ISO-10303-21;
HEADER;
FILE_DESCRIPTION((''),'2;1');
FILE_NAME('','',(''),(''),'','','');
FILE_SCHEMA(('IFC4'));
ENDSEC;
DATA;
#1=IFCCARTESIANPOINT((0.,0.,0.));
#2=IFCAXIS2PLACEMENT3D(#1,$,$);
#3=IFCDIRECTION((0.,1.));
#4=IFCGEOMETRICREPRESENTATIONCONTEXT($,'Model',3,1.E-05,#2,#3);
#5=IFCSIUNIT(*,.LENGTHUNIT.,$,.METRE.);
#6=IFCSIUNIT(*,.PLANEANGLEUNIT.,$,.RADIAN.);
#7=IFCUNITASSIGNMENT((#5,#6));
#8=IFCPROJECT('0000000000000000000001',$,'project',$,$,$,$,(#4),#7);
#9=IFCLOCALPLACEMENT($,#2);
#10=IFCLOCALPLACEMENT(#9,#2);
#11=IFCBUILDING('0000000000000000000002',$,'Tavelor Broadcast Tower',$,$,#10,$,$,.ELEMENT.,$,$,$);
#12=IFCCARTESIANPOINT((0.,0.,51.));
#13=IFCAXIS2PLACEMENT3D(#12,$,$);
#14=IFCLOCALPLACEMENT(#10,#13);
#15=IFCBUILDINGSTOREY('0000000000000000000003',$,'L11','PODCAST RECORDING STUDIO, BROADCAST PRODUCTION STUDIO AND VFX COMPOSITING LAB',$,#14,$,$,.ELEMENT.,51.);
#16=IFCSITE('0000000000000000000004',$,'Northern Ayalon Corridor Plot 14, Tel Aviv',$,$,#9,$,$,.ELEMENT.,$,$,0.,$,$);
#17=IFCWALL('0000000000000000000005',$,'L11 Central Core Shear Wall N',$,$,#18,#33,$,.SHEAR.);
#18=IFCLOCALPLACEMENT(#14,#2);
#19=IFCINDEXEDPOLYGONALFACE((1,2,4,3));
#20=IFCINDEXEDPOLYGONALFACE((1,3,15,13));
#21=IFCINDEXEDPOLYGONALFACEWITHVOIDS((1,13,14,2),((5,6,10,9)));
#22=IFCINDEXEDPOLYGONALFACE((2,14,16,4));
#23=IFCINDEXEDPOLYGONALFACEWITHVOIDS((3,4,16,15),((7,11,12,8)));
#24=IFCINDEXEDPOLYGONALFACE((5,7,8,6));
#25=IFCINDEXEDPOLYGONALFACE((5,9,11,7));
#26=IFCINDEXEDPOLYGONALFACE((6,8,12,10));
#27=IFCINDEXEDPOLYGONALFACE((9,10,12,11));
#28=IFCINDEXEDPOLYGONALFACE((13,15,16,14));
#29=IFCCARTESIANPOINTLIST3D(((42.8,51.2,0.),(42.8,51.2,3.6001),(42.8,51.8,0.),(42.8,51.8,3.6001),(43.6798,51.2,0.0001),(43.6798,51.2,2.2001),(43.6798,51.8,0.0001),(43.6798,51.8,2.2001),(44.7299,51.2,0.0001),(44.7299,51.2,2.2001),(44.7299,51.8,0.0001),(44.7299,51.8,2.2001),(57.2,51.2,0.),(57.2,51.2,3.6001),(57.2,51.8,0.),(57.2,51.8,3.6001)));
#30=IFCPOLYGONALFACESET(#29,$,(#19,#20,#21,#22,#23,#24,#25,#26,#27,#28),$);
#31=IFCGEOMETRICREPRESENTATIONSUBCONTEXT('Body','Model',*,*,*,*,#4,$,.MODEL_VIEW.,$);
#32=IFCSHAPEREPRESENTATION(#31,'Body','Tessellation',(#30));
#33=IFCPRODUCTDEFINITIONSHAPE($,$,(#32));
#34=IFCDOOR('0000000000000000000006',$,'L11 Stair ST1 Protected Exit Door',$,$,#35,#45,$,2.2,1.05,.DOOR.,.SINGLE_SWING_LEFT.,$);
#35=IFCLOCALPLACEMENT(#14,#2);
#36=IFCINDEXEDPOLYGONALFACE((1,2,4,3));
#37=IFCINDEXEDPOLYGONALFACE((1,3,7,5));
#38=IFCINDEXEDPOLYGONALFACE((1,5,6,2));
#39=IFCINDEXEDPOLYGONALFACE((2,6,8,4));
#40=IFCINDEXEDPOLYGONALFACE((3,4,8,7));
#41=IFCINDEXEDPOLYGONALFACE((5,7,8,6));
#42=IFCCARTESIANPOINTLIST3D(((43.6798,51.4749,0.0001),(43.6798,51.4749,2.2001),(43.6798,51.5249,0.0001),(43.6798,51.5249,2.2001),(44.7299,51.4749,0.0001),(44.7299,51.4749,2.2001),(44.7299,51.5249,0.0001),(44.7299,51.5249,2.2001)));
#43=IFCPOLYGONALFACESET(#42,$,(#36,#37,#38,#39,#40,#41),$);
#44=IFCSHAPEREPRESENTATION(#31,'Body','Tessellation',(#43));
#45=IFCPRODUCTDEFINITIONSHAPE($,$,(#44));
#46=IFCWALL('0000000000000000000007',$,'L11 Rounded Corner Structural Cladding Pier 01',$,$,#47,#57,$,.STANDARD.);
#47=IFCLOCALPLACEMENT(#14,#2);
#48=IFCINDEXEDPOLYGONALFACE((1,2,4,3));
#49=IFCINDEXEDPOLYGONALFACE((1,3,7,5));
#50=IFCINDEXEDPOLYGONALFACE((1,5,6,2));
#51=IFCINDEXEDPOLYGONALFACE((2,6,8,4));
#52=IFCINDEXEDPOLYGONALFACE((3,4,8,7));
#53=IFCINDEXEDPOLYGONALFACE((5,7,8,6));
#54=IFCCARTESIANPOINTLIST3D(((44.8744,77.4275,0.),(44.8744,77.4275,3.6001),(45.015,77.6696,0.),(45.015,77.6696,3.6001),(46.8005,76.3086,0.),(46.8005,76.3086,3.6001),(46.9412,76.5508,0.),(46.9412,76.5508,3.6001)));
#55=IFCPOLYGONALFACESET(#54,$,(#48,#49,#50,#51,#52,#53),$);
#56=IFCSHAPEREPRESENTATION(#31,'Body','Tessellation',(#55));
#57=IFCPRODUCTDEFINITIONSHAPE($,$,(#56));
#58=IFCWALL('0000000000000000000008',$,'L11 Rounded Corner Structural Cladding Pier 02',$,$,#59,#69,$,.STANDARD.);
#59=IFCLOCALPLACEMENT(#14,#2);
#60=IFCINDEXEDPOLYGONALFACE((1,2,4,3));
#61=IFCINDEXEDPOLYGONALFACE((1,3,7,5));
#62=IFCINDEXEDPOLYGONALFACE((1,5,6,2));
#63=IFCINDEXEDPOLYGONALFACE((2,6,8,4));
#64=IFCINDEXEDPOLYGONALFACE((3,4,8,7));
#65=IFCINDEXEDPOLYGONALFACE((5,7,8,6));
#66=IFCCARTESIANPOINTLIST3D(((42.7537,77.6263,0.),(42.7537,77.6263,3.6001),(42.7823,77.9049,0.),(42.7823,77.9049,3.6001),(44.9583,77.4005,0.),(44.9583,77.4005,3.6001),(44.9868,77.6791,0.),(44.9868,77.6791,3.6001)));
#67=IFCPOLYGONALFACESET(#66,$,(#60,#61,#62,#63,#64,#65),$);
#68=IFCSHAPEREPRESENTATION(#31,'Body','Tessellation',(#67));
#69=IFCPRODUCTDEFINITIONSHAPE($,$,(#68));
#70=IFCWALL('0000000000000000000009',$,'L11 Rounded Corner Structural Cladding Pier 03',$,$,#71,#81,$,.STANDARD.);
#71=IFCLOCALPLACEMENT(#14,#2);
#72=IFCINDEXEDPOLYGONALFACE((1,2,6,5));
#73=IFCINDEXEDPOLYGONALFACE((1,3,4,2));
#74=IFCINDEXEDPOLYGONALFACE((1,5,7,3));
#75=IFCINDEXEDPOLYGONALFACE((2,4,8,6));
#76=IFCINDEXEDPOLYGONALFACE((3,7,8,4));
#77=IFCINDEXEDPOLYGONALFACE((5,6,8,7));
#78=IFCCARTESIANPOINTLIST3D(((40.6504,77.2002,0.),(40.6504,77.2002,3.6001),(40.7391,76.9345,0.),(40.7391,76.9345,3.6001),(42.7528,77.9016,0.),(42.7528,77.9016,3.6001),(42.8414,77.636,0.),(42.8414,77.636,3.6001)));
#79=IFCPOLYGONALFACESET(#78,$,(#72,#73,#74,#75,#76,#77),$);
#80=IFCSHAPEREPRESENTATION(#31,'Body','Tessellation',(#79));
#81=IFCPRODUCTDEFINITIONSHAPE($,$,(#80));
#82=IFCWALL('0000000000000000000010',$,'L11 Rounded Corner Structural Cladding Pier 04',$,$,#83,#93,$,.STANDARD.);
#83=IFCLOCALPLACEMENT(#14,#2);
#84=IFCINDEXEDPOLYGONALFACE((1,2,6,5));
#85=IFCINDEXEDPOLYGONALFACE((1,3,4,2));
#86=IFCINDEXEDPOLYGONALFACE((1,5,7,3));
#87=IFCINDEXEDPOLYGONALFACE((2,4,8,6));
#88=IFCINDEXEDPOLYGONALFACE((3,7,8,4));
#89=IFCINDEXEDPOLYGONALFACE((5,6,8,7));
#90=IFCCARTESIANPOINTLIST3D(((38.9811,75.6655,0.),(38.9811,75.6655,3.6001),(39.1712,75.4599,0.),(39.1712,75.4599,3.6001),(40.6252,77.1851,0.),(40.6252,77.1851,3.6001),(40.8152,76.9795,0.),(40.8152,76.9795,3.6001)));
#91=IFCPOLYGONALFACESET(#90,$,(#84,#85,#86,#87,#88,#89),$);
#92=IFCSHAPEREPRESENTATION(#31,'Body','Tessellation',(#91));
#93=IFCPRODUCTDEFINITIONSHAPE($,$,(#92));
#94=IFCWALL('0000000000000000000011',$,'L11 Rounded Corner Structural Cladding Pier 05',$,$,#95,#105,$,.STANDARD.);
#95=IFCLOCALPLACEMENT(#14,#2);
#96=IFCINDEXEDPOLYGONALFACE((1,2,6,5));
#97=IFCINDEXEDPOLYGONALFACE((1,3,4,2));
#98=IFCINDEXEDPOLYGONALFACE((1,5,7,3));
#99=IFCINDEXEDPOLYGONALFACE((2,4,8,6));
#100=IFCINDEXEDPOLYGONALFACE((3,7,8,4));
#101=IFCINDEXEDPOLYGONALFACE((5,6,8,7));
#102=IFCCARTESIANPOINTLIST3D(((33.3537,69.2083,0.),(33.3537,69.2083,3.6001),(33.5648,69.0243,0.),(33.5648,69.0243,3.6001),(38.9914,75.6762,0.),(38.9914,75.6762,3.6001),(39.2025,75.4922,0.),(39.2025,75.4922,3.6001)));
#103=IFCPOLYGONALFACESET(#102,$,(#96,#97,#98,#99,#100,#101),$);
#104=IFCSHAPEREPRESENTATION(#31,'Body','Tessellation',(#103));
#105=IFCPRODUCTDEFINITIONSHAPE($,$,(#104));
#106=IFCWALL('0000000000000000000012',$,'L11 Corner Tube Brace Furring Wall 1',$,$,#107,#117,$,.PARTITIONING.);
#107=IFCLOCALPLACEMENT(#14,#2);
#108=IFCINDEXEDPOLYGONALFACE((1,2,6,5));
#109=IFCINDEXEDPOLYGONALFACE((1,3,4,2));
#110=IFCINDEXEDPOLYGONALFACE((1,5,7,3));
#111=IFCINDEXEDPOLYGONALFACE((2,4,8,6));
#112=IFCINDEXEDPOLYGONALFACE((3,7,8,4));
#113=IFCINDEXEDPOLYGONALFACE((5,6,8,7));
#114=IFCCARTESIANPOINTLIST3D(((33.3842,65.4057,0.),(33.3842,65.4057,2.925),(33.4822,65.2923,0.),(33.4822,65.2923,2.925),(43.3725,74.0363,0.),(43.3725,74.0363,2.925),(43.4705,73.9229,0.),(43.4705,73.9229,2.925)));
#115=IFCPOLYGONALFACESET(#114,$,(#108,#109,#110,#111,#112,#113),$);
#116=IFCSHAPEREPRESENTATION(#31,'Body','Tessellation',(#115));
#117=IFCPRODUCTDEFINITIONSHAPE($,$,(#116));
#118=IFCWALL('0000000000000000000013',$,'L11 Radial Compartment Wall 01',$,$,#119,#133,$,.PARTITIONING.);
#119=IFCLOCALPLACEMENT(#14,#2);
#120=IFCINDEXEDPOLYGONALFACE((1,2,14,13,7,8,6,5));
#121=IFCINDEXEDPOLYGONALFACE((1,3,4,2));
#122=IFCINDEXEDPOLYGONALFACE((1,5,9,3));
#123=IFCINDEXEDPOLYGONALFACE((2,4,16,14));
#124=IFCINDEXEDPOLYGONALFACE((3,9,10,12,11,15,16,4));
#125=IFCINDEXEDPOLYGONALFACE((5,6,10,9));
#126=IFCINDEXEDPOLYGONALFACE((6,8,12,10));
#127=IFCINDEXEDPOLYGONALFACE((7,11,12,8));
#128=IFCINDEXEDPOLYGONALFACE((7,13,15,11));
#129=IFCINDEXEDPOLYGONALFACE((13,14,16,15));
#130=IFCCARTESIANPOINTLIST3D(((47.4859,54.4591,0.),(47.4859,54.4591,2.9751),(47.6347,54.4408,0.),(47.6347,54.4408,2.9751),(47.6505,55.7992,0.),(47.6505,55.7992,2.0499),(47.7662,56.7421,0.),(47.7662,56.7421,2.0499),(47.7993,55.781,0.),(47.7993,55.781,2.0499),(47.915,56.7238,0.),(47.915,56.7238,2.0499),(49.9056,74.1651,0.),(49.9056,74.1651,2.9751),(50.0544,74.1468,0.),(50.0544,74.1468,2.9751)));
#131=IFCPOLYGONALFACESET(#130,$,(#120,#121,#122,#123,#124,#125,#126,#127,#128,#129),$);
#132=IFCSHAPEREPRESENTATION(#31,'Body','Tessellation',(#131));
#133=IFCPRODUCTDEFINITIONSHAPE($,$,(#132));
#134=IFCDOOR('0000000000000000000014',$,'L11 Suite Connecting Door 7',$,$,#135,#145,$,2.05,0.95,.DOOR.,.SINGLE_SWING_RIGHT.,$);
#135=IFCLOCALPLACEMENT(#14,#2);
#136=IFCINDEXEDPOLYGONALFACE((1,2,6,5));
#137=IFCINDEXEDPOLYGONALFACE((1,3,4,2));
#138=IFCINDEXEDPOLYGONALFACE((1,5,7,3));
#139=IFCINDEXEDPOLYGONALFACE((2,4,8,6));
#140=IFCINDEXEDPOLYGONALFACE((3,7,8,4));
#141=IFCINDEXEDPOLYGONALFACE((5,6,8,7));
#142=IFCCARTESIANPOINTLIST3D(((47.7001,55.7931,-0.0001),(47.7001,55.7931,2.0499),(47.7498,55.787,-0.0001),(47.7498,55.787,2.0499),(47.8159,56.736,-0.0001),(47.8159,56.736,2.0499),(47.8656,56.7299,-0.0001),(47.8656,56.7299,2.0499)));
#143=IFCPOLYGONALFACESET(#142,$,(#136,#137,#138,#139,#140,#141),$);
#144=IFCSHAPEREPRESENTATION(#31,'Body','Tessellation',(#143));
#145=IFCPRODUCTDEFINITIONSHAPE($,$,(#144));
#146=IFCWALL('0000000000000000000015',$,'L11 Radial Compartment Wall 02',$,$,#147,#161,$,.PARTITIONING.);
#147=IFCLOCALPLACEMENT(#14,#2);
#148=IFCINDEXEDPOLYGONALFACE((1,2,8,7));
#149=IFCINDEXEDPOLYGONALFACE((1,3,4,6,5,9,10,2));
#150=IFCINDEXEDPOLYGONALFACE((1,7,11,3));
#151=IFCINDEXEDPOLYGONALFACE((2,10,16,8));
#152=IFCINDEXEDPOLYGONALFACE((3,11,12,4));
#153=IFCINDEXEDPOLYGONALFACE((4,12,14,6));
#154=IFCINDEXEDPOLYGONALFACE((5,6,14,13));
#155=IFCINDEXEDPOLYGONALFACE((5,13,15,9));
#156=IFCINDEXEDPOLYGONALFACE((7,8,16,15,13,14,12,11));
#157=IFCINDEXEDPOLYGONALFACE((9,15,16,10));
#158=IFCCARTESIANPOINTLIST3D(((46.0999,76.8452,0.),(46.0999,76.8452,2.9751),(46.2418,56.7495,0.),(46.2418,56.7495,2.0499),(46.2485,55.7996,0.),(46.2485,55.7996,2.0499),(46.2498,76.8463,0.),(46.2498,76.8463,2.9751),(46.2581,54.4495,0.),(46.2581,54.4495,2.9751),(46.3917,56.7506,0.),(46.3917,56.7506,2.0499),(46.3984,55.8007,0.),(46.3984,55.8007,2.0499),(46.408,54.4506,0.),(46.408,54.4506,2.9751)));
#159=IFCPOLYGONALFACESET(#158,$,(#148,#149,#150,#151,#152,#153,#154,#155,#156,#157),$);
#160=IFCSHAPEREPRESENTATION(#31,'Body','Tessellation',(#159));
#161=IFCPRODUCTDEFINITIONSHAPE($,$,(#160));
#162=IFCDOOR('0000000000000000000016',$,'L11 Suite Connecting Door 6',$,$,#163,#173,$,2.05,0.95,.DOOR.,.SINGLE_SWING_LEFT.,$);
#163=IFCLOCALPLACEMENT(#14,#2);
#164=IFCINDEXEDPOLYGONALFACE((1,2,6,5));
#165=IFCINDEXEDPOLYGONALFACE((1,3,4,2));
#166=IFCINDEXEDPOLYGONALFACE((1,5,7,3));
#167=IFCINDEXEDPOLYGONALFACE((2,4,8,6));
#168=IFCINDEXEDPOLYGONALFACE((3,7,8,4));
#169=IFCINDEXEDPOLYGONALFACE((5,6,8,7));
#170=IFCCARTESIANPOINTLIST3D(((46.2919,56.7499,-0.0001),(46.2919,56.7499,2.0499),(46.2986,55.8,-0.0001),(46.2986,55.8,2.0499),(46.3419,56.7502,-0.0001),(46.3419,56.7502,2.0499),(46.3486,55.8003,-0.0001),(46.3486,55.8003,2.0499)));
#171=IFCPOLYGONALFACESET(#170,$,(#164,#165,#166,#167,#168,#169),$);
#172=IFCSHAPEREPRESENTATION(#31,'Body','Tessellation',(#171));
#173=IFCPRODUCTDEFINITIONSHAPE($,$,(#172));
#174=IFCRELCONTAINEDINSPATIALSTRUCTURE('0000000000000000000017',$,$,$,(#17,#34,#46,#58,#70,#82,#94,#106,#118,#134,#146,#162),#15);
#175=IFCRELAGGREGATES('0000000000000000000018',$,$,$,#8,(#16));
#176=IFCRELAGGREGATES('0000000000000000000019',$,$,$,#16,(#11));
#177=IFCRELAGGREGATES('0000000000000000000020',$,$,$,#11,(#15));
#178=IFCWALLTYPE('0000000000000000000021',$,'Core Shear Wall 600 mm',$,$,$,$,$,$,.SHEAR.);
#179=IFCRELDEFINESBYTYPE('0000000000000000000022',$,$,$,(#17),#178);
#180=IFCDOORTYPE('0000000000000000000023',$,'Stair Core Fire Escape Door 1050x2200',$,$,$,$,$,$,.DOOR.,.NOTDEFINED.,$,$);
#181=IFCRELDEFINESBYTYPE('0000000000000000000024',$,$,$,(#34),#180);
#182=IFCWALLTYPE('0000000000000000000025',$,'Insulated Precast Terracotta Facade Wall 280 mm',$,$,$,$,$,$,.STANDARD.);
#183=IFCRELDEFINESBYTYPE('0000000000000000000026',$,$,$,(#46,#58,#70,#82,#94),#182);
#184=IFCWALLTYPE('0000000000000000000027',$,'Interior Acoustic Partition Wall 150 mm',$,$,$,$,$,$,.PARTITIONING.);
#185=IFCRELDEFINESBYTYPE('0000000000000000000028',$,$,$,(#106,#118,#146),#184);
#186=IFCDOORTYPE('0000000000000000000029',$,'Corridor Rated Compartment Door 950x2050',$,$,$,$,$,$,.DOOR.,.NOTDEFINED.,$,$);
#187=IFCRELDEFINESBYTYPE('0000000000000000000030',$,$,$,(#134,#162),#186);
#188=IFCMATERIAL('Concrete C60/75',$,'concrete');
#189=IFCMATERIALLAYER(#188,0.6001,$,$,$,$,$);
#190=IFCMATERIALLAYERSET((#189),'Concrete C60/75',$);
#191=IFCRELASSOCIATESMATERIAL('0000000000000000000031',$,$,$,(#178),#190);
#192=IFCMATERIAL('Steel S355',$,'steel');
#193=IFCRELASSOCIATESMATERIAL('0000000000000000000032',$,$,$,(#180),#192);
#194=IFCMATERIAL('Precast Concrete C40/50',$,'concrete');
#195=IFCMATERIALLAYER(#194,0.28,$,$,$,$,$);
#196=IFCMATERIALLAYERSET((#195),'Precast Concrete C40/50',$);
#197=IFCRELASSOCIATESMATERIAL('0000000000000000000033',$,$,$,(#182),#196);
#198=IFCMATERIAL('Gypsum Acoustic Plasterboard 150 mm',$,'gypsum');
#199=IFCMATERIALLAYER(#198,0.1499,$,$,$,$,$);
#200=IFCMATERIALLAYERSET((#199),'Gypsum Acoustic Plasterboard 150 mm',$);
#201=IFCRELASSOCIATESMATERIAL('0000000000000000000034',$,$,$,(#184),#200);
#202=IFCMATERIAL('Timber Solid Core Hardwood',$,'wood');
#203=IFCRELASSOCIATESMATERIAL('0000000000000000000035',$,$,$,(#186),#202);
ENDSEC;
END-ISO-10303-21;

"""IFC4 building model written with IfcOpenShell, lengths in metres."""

from ifc_helpers import new_model, si_unit, direction, frame, frame_2d, origin, place, context, subcontext, project, spatial, rectangle, extrude, material, layer, layer_set, type_object, element, fill, save


model = new_model("IFC4")

# Units and contexts
model_context = context("Model", 3, precision=1e-05, world=origin(), true_north=direction((0.0, 1.0)))
body_context = subcontext(model_context, "Body", "Model", "MODEL_VIEW")
ifc_project = project(units=[si_unit("LENGTHUNIT", "METRE"), si_unit("PLANEANGLEUNIT", "RADIAN")], contexts=[model_context])

# Site, building, storey
site_placement = place(None, origin())
site = spatial("IfcSite", under=ifc_project, at=site_placement, Name="Northern Ayalon Corridor Plot 14, Tel Aviv", CompositionType="ELEMENT", RefElevation=0.0)
building_placement = place(site_placement, origin())
building = spatial("IfcBuilding", under=site, at=building_placement, Name="Tavelor Broadcast Tower", CompositionType="ELEMENT")
storey_placement = place(building_placement, frame((0.0, 0.0, 51.0)))
storey = spatial("IfcBuildingStorey", under=building, at=storey_placement, Name="L11", Description="PODCAST RECORDING STUDIO, BROADCAST PRODUCTION STUDIO AND VFX COMPOSITING LAB", CompositionType="ELEMENT", Elevation=51.0)

# Shared definitions
ifc_material_1 = material(Name="Steel S355", Category="steel")

# Wall, opening, door
ifc_material_2 = material(Name="Concrete C60/75", Category="concrete")
ifc_layer_1 = layer(ifc_material_2, 0.6001)
ifc_layer_set_1 = layer_set([ifc_layer_1], Name="Concrete C60/75")
wall_type_1 = type_object("IfcWallType", Name="Core Shear Wall 600 mm", PredefinedType="SHEAR", material=ifc_layer_set_1)
wall_1_placement = place(storey_placement, frame((42.8, 51.5, 0.0), z_axis=(0.0, 0.0, 1.0), x_axis=(1.0, 0.0, 0.0)))
wall_1 = element("IfcWall", 1, at=wall_1_placement, inside=storey, type_object=wall_type_1, Name="L11 Central Core Shear Wall N", PredefinedType="SHEAR", context=body_context, shape_type="SweptSolid", body=[
    extrude(rectangle(XDim=14.3999, YDim=0.6001, at=frame_2d((7.2, 0.0))), origin(), (0.0, 0.0, 1.0), 3.6001),
])
opening_1_placement = place(wall_1_placement, frame((0.8799, 0.0, 0.0)))
opening_1 = element("IfcOpeningElement", 2, at=opening_1_placement, cuts=wall_1, PredefinedType="OPENING", context=body_context, shape_type="SweptSolid", body=[
    extrude(rectangle(XDim=1.05, YDim=2.2, at=frame_2d((0.5249, 1.1001))), frame((0.0, 0.3101, 0.0), z_axis=(0.0, -1.0, 0.0), x_axis=(1.0, 0.0, 0.0)), (0.0, 0.0, 1.0), 0.6201),
])
door_type_1 = type_object("IfcDoorType", Name="Stair Core Fire Escape Door 1050x2200", OperationType="NOTDEFINED", PredefinedType="DOOR", material=ifc_material_1)
door_1_placement = place(opening_1_placement, origin())
door_1 = element("IfcDoor", 3, at=door_1_placement, inside=storey, type_object=door_type_1, Name="L11 Stair ST1 Protected Exit Door", OperationType="SINGLE_SWING_LEFT", OverallHeight=2.2, OverallWidth=1.05, PredefinedType="DOOR", context=body_context, shape_type="SweptSolid", body=[
    extrude(rectangle(XDim=1.05, YDim=2.2, at=frame_2d((0.5249, 1.1001))), frame((0.0, 0.0249, 0.0), z_axis=(0.0, -1.0, 0.0), x_axis=(1.0, 0.0, 0.0)), (0.0, 0.0, 1.0), 0.05),
])
fill(opening_1, door_1)

# Walls
ifc_material_3 = material(Name="Precast Concrete C40/50", Category="concrete")
ifc_layer_2 = layer(ifc_material_3, 0.28)
ifc_layer_set_2 = layer_set([ifc_layer_2], Name="Precast Concrete C40/50")
wall_type_2 = type_object("IfcWallType", Name="Insulated Precast Terracotta Facade Wall 280 mm", PredefinedType="STANDARD", material=ifc_layer_set_2)
wall_2_placement = place(storey_placement, frame((46.8708, 76.4297, 0.0), z_axis=(0.0, 0.0, 1.0), x_axis=(-0.864708, 0.502276, 0.0)))
element("IfcWall", 4, at=wall_2_placement, inside=storey, type_object=wall_type_2, Name="L11 Rounded Corner Structural Cladding Pier 01", PredefinedType="STANDARD", context=body_context, shape_type="SweptSolid", body=[
    extrude(rectangle(XDim=2.2275, YDim=0.28, at=frame_2d((1.1138, 0.0))), origin(), (0.0, 0.0, 1.0), 3.6001),
])
wall_3_placement = place(storey_placement, frame((44.9724, 77.5398, 0.0), z_axis=(0.0, 0.0, 1.0), x_axis=(-0.994794, 0.101903, 0.0)))
element("IfcWall", 5, at=wall_3_placement, inside=storey, type_object=wall_type_2, Name="L11 Rounded Corner Structural Cladding Pier 02", PredefinedType="STANDARD", context=body_context, shape_type="SweptSolid", body=[
    extrude(rectangle(XDim=2.2161, YDim=0.28, at=frame_2d((1.1079, 0.0))), origin(), (0.0, 0.0, 1.0), 3.6001),
])
wall_4_placement = place(storey_placement, frame((42.7971, 77.7688, 0.0), z_axis=(0.0, 0.0, 1.0), x_axis=(-0.948595, -0.316492, 0.0)))
element("IfcWall", 6, at=wall_4_placement, inside=storey, type_object=wall_type_2, Name="L11 Rounded Corner Structural Cladding Pier 03", PredefinedType="STANDARD", context=body_context, shape_type="SweptSolid", body=[
    extrude(rectangle(XDim=2.2163, YDim=0.28, at=frame_2d((1.1082, 0.0))), origin(), (0.0, 0.0, 1.0), 3.6001),
])
wall_5_placement = place(storey_placement, frame((40.7202, 77.0823, 0.0), z_axis=(0.0, 0.0, 1.0), x_axis=(-0.734368, -0.678751, 0.0)))
element("IfcWall", 7, at=wall_5_placement, inside=storey, type_object=wall_type_2, Name="L11 Rounded Corner Structural Cladding Pier 04", PredefinedType="STANDARD", context=body_context, shape_type="SweptSolid", body=[
    extrude(rectangle(XDim=2.2388, YDim=0.28, at=frame_2d((1.1194, 0.0))), origin(), (0.0, 0.0, 1.0), 3.6001),
])
wall_6_placement = place(storey_placement, frame((39.0969, 75.5842, 0.0), z_axis=(0.0, 0.0, 1.0), x_axis=(-0.657063, -0.753836, 0.0)))
element("IfcWall", 8, at=wall_6_placement, inside=storey, type_object=wall_type_2, Name="L11 Rounded Corner Structural Cladding Pier 05", PredefinedType="STANDARD", context=body_context, shape_type="SweptSolid", body=[
    extrude(rectangle(XDim=8.5801, YDim=0.28, at=frame_2d((4.29, 0.0))), origin(), (0.0, 0.0, 1.0), 3.6001),
])
ifc_material_4 = material(Name="Gypsum Acoustic Plasterboard 150 mm", Category="gypsum")
ifc_layer_3 = layer(ifc_material_4, 0.1499)
ifc_layer_set_3 = layer_set([ifc_layer_3], Name="Gypsum Acoustic Plasterboard 150 mm")
wall_type_3 = type_object("IfcWallType", Name="Interior Acoustic Partition Wall 150 mm", PredefinedType="PARTITIONING", material=ifc_layer_set_3)
wall_7_placement = place(storey_placement, frame((43.4214, 73.9795, 0.0), z_axis=(0.0, 0.0, 1.0), x_axis=(-0.756659, -0.65381, 0.0)))
element("IfcWall", 9, at=wall_7_placement, inside=storey, type_object=wall_type_3, Name="L11 Corner Tube Brace Furring Wall 1", PredefinedType="PARTITIONING", context=body_context, shape_type="SweptSolid", body=[
    extrude(rectangle(XDim=13.2004, YDim=0.1499, at=frame_2d((6.6001, 0.0))), origin(), (0.0, 0.0, 1.0), 2.925),
])

# Walls, openings, doors
wall_8_placement = place(storey_placement, frame((47.5603, 54.45, 0.0), z_axis=(0.0, 0.0, 1.0), x_axis=(0.121873, 0.992546, 0.0)))
wall_8 = element("IfcWall", 10, at=wall_8_placement, inside=storey, type_object=wall_type_3, Name="L11 Radial Compartment Wall 01", PredefinedType="PARTITIONING", context=body_context, shape_type="SweptSolid", body=[
    extrude(rectangle(XDim=19.854, YDim=0.1499, at=frame_2d((9.927, 0.0))), origin(), (0.0, 0.0, 1.0), 2.9751),
])
opening_2_placement = place(wall_8_placement, frame((1.3501, 0.0, 0.0)))
opening_2 = element("IfcOpeningElement", 11, at=opening_2_placement, cuts=wall_8, PredefinedType="OPENING", context=body_context, shape_type="SweptSolid", body=[
    extrude(rectangle(XDim=0.95, YDim=2.05, at=frame_2d((0.4751, 1.0249))), frame((0.0, 0.085, 0.0), z_axis=(0.0, -1.0, 0.0), x_axis=(1.0, 0.0, 0.0)), (0.0, 0.0, 1.0), 0.1699),
])
ifc_material_5 = material(Name="Timber Solid Core Hardwood", Category="wood")
door_type_2 = type_object("IfcDoorType", Name="Corridor Rated Compartment Door 950x2050", OperationType="NOTDEFINED", PredefinedType="DOOR", material=ifc_material_5)
door_2_placement = place(opening_2_placement, origin())
door_2 = element("IfcDoor", 12, at=door_2_placement, inside=storey, type_object=door_type_2, Name="L11 Suite Connecting Door 7", OperationType="SINGLE_SWING_RIGHT", OverallHeight=2.05, OverallWidth=0.95, PredefinedType="DOOR", context=body_context, shape_type="SweptSolid", body=[
    extrude(rectangle(XDim=0.95, YDim=2.05, at=frame_2d((0.4751, 1.0249))), frame((0.0, 0.0249, 0.0), z_axis=(0.0, -1.0, 0.0), x_axis=(1.0, 0.0, 0.0)), (0.0, 0.0, 1.0), 0.05),
])
fill(opening_2, door_2)
wall_9_placement = place(storey_placement, frame((46.333, 54.45, 0.0), z_axis=(0.0, 0.0, 1.0), x_axis=(-0.007064, 0.999975, 0.0)))
wall_9 = element("IfcWall", 13, at=wall_9_placement, inside=storey, type_object=wall_type_3, Name="L11 Radial Compartment Wall 02", PredefinedType="PARTITIONING", context=body_context, shape_type="SweptSolid", body=[
    extrude(rectangle(XDim=22.3962, YDim=0.1499, at=frame_2d((11.1982, 0.0))), origin(), (0.0, 0.0, 1.0), 2.9751),
])
opening_3_placement = place(wall_9_placement, frame((1.3501, 0.0, 0.0)))
opening_3 = element("IfcOpeningElement", 14, at=opening_3_placement, cuts=wall_9, PredefinedType="OPENING", context=body_context, shape_type="SweptSolid", body=[
    extrude(rectangle(XDim=0.95, YDim=2.05, at=frame_2d((0.4751, 1.0249))), frame((0.0, 0.085, 0.0), z_axis=(0.0, -1.0, 0.0), x_axis=(1.0, 0.0, 0.0)), (0.0, 0.0, 1.0), 0.1699),
])
door_3_placement = place(opening_3_placement, origin())
door_3 = element("IfcDoor", 15, at=door_3_placement, inside=storey, type_object=door_type_2, Name="L11 Suite Connecting Door 6", OperationType="SINGLE_SWING_LEFT", OverallHeight=2.05, OverallWidth=0.95, PredefinedType="DOOR", context=body_context, shape_type="SweptSolid", body=[
    extrude(rectangle(XDim=0.95, YDim=2.05, at=frame_2d((0.4751, 1.0249))), frame((0.0, 0.0249, 0.0), z_axis=(0.0, -1.0, 0.0), x_axis=(1.0, 0.0, 0.0)), (0.0, 0.0, 1.0), 0.05),
])
fill(opening_3, door_3)

save(model, "model.ifc")
